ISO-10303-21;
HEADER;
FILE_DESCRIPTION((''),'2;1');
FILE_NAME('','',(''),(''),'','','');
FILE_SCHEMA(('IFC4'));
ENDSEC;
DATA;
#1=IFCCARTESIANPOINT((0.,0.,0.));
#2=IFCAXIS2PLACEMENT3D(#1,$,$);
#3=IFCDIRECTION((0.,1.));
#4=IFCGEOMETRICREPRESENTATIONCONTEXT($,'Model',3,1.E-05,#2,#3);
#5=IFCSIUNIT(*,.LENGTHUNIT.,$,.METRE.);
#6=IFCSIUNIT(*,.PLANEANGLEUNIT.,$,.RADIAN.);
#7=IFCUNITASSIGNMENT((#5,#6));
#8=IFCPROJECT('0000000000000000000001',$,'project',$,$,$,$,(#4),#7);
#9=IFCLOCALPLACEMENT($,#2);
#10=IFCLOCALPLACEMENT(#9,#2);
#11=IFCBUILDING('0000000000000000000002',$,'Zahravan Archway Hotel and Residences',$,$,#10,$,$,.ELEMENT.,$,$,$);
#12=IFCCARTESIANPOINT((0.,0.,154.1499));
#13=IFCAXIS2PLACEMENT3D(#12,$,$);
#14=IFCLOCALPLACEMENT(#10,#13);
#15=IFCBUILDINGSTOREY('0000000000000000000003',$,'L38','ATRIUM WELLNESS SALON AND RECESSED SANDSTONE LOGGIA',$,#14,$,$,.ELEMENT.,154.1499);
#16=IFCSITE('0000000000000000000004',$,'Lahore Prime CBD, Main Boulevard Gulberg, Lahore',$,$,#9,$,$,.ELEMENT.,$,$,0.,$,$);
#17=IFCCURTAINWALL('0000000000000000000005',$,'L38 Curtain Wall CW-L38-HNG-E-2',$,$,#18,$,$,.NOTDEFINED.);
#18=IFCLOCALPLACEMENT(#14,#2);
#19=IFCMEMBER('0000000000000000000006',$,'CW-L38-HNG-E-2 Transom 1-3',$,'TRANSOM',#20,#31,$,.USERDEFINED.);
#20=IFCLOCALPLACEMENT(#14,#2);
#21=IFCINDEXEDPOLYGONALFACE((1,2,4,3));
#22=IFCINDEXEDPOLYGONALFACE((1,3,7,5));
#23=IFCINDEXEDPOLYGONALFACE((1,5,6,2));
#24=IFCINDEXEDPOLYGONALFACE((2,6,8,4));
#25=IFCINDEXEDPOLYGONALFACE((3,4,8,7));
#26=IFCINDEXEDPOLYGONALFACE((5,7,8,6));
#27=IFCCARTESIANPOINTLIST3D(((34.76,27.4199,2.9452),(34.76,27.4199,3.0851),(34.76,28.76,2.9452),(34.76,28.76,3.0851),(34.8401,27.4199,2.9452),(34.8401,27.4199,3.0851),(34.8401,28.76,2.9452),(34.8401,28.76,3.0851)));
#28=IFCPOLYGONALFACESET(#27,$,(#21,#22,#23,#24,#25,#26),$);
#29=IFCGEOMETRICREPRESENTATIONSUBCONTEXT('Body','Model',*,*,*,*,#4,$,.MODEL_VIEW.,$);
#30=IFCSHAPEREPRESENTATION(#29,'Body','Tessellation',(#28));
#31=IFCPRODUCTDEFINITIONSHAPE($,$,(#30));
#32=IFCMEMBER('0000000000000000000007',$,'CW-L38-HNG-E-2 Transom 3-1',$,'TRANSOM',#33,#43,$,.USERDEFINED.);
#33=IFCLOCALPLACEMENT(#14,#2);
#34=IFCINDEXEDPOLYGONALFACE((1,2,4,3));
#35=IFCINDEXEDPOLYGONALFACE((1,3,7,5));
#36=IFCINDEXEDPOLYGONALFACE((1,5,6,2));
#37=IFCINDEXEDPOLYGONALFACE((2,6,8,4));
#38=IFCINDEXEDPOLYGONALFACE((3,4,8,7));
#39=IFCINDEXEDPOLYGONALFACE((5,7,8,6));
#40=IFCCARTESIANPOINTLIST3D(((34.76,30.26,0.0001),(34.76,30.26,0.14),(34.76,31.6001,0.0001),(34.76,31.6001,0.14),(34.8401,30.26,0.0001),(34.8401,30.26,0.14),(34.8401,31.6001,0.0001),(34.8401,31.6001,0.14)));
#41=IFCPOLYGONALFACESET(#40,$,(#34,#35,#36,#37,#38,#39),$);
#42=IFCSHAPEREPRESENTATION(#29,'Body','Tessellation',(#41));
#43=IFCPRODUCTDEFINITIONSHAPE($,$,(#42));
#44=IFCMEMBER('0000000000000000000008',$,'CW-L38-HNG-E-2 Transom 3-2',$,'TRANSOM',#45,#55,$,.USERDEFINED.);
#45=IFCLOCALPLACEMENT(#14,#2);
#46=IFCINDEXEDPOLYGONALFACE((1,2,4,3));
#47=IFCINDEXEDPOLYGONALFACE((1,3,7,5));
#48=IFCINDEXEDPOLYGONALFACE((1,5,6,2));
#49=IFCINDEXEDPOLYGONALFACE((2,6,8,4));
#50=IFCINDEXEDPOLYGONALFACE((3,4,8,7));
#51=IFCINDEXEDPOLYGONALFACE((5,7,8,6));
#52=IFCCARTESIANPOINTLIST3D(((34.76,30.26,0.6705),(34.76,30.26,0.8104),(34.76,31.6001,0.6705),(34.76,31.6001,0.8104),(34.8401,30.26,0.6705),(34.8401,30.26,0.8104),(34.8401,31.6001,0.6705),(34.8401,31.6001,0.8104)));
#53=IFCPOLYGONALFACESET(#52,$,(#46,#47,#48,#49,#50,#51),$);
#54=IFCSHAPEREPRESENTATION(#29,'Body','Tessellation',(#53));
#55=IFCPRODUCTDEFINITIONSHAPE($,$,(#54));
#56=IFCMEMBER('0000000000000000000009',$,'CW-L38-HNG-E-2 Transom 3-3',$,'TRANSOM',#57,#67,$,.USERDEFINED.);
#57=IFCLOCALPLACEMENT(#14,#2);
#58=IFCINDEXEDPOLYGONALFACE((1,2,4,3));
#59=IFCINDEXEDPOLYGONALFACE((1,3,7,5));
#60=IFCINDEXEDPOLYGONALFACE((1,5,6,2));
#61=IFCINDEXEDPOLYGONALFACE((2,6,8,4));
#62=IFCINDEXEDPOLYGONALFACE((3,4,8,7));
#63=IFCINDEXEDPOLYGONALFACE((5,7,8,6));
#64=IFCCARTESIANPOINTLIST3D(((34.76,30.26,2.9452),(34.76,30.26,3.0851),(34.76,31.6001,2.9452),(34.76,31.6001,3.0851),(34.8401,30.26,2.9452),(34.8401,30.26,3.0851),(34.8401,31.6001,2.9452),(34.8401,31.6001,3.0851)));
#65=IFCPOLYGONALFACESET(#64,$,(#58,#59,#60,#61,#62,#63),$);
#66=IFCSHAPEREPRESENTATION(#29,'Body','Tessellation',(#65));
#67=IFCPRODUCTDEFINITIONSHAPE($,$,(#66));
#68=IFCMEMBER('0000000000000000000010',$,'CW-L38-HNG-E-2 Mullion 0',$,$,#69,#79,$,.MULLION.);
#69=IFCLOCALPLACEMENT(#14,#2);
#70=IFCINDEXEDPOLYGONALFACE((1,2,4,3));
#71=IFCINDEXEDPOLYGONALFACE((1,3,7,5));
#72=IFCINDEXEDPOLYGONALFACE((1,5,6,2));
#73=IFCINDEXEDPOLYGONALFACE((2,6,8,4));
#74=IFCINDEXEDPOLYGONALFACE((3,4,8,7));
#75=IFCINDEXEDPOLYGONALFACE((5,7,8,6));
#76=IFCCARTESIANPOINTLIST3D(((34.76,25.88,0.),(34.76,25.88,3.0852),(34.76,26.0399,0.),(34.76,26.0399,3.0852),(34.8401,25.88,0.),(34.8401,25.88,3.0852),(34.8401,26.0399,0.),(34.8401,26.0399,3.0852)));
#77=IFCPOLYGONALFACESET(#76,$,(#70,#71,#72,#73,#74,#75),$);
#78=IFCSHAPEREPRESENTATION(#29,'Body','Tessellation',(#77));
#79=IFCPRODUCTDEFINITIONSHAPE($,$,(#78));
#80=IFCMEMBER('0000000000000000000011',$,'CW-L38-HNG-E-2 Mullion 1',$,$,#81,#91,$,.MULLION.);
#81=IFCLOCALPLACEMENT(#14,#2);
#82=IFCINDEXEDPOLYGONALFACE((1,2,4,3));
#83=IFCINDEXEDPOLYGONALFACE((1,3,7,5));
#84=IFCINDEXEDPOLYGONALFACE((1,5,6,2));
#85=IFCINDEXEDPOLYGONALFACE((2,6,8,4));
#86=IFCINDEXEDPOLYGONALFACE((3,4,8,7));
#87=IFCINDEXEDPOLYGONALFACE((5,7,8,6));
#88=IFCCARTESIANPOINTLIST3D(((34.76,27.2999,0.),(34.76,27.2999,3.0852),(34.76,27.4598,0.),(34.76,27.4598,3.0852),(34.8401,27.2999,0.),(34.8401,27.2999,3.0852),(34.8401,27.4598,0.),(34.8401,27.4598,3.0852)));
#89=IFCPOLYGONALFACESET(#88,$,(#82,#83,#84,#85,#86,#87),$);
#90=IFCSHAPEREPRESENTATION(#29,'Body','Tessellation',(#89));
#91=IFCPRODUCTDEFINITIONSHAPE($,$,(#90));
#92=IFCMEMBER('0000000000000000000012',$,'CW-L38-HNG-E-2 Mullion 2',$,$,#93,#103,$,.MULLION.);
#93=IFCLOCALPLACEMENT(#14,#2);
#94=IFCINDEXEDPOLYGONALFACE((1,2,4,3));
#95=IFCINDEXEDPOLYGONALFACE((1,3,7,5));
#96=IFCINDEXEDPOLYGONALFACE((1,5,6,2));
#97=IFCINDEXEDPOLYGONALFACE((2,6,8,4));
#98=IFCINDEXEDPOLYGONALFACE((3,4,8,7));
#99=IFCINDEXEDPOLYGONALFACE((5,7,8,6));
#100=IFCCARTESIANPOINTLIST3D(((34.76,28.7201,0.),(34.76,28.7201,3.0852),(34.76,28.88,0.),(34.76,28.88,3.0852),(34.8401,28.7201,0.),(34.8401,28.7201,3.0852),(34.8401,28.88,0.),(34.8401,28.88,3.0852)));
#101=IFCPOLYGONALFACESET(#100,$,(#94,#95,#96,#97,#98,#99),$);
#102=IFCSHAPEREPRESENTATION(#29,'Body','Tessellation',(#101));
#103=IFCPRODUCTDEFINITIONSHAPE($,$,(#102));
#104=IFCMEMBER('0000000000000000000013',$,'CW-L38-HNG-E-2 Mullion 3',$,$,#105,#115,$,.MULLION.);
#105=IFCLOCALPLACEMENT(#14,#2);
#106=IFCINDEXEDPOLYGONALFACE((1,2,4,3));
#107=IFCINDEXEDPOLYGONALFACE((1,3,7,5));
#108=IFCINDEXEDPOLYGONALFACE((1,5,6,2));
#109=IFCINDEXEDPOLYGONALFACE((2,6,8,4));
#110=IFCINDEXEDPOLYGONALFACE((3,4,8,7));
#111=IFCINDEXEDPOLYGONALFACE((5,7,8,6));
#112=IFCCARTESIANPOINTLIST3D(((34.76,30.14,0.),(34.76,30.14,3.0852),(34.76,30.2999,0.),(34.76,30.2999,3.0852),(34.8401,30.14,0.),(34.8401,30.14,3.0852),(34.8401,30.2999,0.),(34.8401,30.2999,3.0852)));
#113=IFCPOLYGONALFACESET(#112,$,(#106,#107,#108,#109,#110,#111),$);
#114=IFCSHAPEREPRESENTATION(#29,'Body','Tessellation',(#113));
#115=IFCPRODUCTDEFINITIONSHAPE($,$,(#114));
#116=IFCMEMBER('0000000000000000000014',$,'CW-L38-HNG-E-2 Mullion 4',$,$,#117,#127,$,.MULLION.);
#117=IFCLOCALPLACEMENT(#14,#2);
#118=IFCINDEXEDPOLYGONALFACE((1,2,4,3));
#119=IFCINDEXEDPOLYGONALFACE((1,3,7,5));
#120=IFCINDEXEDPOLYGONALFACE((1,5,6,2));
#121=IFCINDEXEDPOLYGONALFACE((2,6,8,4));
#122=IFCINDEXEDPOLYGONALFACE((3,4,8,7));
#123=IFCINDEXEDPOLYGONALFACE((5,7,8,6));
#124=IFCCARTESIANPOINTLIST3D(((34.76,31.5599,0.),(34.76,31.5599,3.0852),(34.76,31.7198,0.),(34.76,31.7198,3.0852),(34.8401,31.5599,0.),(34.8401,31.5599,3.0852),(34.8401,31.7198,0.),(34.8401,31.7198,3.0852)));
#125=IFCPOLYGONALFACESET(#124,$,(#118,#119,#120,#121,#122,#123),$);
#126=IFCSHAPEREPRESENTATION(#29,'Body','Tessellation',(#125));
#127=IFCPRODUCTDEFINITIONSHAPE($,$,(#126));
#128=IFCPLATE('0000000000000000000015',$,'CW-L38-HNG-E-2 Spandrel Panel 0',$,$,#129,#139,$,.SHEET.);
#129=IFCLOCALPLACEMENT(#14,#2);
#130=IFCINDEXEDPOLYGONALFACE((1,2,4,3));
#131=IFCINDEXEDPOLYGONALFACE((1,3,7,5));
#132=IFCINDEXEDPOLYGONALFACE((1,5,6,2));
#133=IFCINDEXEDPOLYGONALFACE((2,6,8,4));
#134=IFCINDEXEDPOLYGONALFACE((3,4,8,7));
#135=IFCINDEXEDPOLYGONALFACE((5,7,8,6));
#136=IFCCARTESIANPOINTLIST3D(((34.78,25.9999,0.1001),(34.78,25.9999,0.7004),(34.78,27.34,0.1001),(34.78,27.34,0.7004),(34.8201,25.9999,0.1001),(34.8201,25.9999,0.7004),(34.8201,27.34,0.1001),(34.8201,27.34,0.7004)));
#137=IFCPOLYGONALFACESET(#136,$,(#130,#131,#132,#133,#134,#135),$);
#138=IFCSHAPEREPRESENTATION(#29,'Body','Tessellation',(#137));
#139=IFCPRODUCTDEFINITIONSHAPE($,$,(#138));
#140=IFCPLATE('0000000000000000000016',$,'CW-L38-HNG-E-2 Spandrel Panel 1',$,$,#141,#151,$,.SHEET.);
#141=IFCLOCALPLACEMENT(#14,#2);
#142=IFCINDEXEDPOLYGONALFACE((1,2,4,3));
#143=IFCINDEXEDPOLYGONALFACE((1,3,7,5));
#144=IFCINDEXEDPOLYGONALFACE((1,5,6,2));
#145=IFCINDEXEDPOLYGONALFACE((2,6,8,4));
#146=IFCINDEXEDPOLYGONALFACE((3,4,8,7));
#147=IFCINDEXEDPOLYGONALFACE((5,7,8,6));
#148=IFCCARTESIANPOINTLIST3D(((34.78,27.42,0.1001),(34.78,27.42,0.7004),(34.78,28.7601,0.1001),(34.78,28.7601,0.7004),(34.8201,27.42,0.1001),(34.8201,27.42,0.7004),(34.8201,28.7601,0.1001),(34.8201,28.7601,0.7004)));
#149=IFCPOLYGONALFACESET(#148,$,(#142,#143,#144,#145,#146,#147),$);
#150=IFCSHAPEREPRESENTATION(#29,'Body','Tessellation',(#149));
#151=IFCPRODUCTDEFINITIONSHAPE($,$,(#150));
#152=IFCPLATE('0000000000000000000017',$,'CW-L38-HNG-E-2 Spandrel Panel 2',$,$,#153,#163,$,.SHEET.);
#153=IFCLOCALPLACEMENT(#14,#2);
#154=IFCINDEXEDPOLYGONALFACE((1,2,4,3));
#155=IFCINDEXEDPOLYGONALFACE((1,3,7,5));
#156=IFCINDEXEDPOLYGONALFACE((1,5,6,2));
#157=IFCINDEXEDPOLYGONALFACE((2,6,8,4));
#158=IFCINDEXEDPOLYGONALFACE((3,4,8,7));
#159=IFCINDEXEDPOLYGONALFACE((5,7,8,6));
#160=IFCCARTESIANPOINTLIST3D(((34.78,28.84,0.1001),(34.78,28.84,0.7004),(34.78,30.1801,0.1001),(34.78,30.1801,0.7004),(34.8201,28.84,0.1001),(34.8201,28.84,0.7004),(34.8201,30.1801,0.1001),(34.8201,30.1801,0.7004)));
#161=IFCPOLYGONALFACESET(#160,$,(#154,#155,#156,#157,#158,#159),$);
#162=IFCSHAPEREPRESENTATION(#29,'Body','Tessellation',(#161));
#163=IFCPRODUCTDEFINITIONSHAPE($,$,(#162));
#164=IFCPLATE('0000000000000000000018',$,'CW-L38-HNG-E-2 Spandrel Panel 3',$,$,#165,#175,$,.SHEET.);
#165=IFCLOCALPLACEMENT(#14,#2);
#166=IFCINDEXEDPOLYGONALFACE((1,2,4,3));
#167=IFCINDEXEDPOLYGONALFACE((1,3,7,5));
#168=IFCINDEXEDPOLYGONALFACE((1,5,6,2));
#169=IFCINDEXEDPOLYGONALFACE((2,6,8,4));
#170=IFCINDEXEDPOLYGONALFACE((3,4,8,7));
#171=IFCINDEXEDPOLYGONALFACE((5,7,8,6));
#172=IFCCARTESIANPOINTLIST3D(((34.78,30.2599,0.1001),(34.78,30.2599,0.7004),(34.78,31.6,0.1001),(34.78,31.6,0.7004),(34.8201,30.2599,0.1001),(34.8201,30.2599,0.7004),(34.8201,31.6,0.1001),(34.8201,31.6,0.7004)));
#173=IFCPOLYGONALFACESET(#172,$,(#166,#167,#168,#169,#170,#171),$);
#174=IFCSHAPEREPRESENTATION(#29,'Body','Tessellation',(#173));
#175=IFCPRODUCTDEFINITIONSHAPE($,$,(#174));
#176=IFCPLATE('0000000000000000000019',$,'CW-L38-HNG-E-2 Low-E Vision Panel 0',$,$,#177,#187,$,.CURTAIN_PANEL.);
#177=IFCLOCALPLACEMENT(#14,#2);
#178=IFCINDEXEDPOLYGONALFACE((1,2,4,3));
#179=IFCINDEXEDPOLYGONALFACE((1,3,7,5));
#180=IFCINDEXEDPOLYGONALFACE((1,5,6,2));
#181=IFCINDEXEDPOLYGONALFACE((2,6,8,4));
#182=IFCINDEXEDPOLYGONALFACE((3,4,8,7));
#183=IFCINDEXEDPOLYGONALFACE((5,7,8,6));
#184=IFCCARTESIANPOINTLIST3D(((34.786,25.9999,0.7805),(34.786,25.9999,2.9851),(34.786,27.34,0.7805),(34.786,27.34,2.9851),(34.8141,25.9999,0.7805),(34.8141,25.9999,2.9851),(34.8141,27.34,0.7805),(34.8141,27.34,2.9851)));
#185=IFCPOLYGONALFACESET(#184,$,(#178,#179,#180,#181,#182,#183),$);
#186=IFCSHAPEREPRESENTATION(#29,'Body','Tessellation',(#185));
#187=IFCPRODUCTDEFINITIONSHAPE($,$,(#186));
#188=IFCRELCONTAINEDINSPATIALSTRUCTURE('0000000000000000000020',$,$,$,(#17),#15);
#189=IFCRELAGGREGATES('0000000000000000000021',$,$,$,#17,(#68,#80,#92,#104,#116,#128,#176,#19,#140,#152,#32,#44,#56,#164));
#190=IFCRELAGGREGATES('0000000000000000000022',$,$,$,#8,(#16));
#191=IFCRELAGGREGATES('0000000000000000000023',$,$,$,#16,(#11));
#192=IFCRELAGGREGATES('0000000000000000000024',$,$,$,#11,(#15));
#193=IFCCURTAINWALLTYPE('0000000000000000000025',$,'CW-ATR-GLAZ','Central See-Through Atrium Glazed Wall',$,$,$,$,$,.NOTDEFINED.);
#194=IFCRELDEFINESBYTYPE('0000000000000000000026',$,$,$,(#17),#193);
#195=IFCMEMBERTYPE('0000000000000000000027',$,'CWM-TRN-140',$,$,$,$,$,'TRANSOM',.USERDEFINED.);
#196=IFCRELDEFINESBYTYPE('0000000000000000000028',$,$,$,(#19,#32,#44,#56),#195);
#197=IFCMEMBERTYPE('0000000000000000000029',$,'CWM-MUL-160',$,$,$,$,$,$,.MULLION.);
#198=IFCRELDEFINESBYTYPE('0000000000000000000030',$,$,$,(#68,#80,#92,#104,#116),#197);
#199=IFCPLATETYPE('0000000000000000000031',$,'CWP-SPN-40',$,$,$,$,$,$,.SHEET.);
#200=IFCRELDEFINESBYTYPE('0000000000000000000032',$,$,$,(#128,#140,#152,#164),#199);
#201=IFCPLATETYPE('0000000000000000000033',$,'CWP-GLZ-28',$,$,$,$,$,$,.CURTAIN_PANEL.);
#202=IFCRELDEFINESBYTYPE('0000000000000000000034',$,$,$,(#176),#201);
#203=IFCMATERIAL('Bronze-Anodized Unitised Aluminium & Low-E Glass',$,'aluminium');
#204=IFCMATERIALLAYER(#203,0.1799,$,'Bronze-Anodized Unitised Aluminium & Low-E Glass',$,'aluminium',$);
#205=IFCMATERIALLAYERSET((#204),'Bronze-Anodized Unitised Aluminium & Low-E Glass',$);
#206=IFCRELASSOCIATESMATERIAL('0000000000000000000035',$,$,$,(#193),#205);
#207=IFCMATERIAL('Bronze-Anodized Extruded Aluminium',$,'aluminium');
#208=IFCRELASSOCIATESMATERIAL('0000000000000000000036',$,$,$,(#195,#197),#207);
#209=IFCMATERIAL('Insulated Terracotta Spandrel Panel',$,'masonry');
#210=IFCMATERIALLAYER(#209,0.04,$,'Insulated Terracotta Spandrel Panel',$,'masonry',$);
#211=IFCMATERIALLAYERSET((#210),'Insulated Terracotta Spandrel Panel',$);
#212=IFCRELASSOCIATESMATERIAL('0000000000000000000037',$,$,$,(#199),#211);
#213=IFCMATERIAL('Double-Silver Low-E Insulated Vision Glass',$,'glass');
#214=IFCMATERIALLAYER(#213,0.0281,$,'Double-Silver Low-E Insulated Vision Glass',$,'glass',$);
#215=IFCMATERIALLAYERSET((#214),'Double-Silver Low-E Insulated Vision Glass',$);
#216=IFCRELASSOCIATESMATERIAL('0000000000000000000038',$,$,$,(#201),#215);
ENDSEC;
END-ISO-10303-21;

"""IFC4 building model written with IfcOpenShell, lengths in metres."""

from ifc_helpers import new_model, si_unit, direction, frame, origin, origin_2d, place, context, subcontext, project, spatial, rectangle, extrude, source, transform, mapped, material, layer, layer_set, material_profile, profile_set, type_object, element, aggregate, save


model = new_model("IFC4")

# Units and contexts
model_context = context("Model", 3, precision=1e-05, world=origin(), true_north=direction((0.0, 1.0)))
body_context = subcontext(model_context, "Body", "Model", "MODEL_VIEW")
ifc_project = project(units=[si_unit("LENGTHUNIT", "METRE"), si_unit("PLANEANGLEUNIT", "RADIAN")], contexts=[model_context])

# Site, building, storey
site_placement = place(None, origin())
site = spatial("IfcSite", under=ifc_project, at=site_placement, Name="Lahore Prime CBD, Main Boulevard Gulberg, Lahore", CompositionType="ELEMENT", RefElevation=0.0)
building_placement = place(site_placement, origin())
building = spatial("IfcBuilding", under=site, at=building_placement, Name="Zahravan Archway Hotel and Residences", CompositionType="ELEMENT")
storey_placement = place(building_placement, frame((0.0, 0.0, 154.1499)))
storey = spatial("IfcBuildingStorey", under=building, at=storey_placement, Name="L38", Description="ATRIUM WELLNESS SALON AND RECESSED SANDSTONE LOGGIA", CompositionType="ELEMENT", Elevation=154.1499)

# Curtain wall, members, plates
ifc_material_1 = material(Name="Bronze-Anodized Unitised Aluminium & Low-E Glass", Category="aluminium")
ifc_layer_1 = layer(ifc_material_1, 0.1799, Name="Bronze-Anodized Unitised Aluminium & Low-E Glass", Category="aluminium")
ifc_layer_set_1 = layer_set([ifc_layer_1], Name="Bronze-Anodized Unitised Aluminium & Low-E Glass")
curtain_wall_type = type_object("IfcCurtainWallType", Name="CW-ATR-GLAZ", Description="Central See-Through Atrium Glazed Wall", PredefinedType="NOTDEFINED", material=ifc_layer_set_1)
curtain_wall_placement = place(storey_placement, origin())
curtain_wall = element("IfcCurtainWall", 1, at=curtain_wall_placement, inside=storey, type_object=curtain_wall_type, Name="L38 Curtain Wall CW-L38-HNG-E-2", PredefinedType="NOTDEFINED")
ifc_material_2 = material(Name="Bronze-Anodized Extruded Aluminium", Category="aluminium")
ifc_material_profile_1 = material_profile(ifc_material_2, rectangle(XDim=0.0801, YDim=0.1399, at=origin_2d()), Name="TRN 80x140", Category="aluminium")
ifc_profile_set_1 = profile_set([ifc_material_profile_1], Name="Bronze-Anodized Extruded Aluminium")
member_type_1 = type_object("IfcMemberType", Name="CWM-TRN-140", ElementType="TRANSOM", PredefinedType="USERDEFINED", material=ifc_profile_set_1)
shared_shape_1 = source(origin(), body_context, "Body", "SweptSolid", [
    extrude(rectangle(XDim=0.0801, YDim=0.1399, at=origin_2d()), origin(), (0.0, 0.0, 1.0), 1.3401),
])
member_1_placement = place(storey_placement, frame((34.8, 27.4199, 3.0151), z_axis=(0.0, 1.0, 0.0), x_axis=(-1.0, 0.0, 0.0)))
member_1 = element("IfcMember", 2, at=member_1_placement, type_object=member_type_1, Name="CW-L38-HNG-E-2 Transom 1-3", ObjectType="TRANSOM", PredefinedType="USERDEFINED", context=body_context, shape_type="MappedRepresentation", body=[
    mapped(shared_shape_1, transform((0.0, 0.0, 0.0), scale=1.0)),
])
member_2_placement = place(storey_placement, frame((34.8, 30.26, 0.0701), z_axis=(0.0, 1.0, 0.0), x_axis=(-1.0, 0.0, 0.0)))
member_2 = element("IfcMember", 3, at=member_2_placement, type_object=member_type_1, Name="CW-L38-HNG-E-2 Transom 3-1", ObjectType="TRANSOM", PredefinedType="USERDEFINED", context=body_context, shape_type="MappedRepresentation", body=[
    mapped(shared_shape_1, transform((0.0, 0.0, 0.0), scale=1.0)),
])
member_3_placement = place(storey_placement, frame((34.8, 30.26, 0.7405), z_axis=(0.0, 1.0, 0.0), x_axis=(-1.0, 0.0, 0.0)))
member_3 = element("IfcMember", 4, at=member_3_placement, type_object=member_type_1, Name="CW-L38-HNG-E-2 Transom 3-2", ObjectType="TRANSOM", PredefinedType="USERDEFINED", context=body_context, shape_type="MappedRepresentation", body=[
    mapped(shared_shape_1, transform((0.0, 0.0, 0.0), scale=1.0)),
])
member_4_placement = place(storey_placement, frame((34.8, 30.26, 3.0151), z_axis=(0.0, 1.0, 0.0), x_axis=(-1.0, 0.0, 0.0)))
member_4 = element("IfcMember", 5, at=member_4_placement, type_object=member_type_1, Name="CW-L38-HNG-E-2 Transom 3-3", ObjectType="TRANSOM", PredefinedType="USERDEFINED", context=body_context, shape_type="MappedRepresentation", body=[
    mapped(shared_shape_1, transform((0.0, 0.0, 0.0), scale=1.0)),
])
ifc_material_profile_2 = material_profile(ifc_material_2, rectangle(XDim=0.0801, YDim=0.1599, at=origin_2d()), Name="MUL 80x160", Category="aluminium")
ifc_profile_set_2 = profile_set([ifc_material_profile_2], Name="Bronze-Anodized Extruded Aluminium")
member_type_2 = type_object("IfcMemberType", Name="CWM-MUL-160", PredefinedType="MULLION", material=ifc_profile_set_2)
shared_shape_2 = source(origin(), body_context, "Body", "SweptSolid", [
    extrude(rectangle(XDim=0.0801, YDim=0.1599, at=origin_2d()), origin(), (0.0, 0.0, 1.0), 3.0852),
])
member_5_placement = place(storey_placement, frame((34.8, 25.96, 0.0), z_axis=(0.0, 0.0, 1.0), x_axis=(1.0, 0.0, 0.0)))
member_5 = element("IfcMember", 6, at=member_5_placement, type_object=member_type_2, Name="CW-L38-HNG-E-2 Mullion 0", PredefinedType="MULLION", context=body_context, shape_type="MappedRepresentation", body=[
    mapped(shared_shape_2, transform((0.0, 0.0, 0.0), scale=1.0)),
])
member_6_placement = place(storey_placement, frame((34.8, 27.3799, 0.0), z_axis=(0.0, 0.0, 1.0), x_axis=(1.0, 0.0, 0.0)))
member_6 = element("IfcMember", 7, at=member_6_placement, type_object=member_type_2, Name="CW-L38-HNG-E-2 Mullion 1", PredefinedType="MULLION", context=body_context, shape_type="MappedRepresentation", body=[
    mapped(shared_shape_2, transform((0.0, 0.0, 0.0), scale=1.0)),
])
member_7_placement = place(storey_placement, frame((34.8, 28.8, 0.0), z_axis=(0.0, 0.0, 1.0), x_axis=(1.0, 0.0, 0.0)))
member_7 = element("IfcMember", 8, at=member_7_placement, type_object=member_type_2, Name="CW-L38-HNG-E-2 Mullion 2", PredefinedType="MULLION", context=body_context, shape_type="MappedRepresentation", body=[
    mapped(shared_shape_2, transform((0.0, 0.0, 0.0), scale=1.0)),
])
member_8_placement = place(storey_placement, frame((34.8, 30.22, 0.0), z_axis=(0.0, 0.0, 1.0), x_axis=(1.0, 0.0, 0.0)))
member_8 = element("IfcMember", 9, at=member_8_placement, type_object=member_type_2, Name="CW-L38-HNG-E-2 Mullion 3", PredefinedType="MULLION", context=body_context, shape_type="MappedRepresentation", body=[
    mapped(shared_shape_2, transform((0.0, 0.0, 0.0), scale=1.0)),
])
member_9_placement = place(storey_placement, frame((34.8, 31.6399, 0.0), z_axis=(0.0, 0.0, 1.0), x_axis=(1.0, 0.0, 0.0)))
member_9 = element("IfcMember", 10, at=member_9_placement, type_object=member_type_2, Name="CW-L38-HNG-E-2 Mullion 4", PredefinedType="MULLION", context=body_context, shape_type="MappedRepresentation", body=[
    mapped(shared_shape_2, transform((0.0, 0.0, 0.0), scale=1.0)),
])
ifc_material_3 = material(Name="Insulated Terracotta Spandrel Panel", Category="masonry")
ifc_layer_2 = layer(ifc_material_3, 0.04, Name="Insulated Terracotta Spandrel Panel", Category="masonry")
ifc_layer_set_2 = layer_set([ifc_layer_2], Name="Insulated Terracotta Spandrel Panel")
plate_type_1 = type_object("IfcPlateType", Name="CWP-SPN-40", PredefinedType="SHEET", material=ifc_layer_set_2)
shared_shape_3 = source(origin(), body_context, "Body", "SweptSolid", [
    extrude(rectangle(XDim=1.3401, YDim=0.04, at=origin_2d()), origin(), (0.0, 0.0, 1.0), 0.6003),
])
plate_1_placement = place(storey_placement, frame((34.8, 26.6699, 0.1001), z_axis=(0.0, 0.0, 1.0), x_axis=(0.0, 1.0, 0.0)))
plate_1 = element("IfcPlate", 11, at=plate_1_placement, type_object=plate_type_1, Name="CW-L38-HNG-E-2 Spandrel Panel 0", PredefinedType="SHEET", context=body_context, shape_type="MappedRepresentation", body=[
    mapped(shared_shape_3, transform((0.0, 0.0, 0.0), scale=1.0)),
])
plate_2_placement = place(storey_placement, frame((34.8, 28.0901, 0.1001), z_axis=(0.0, 0.0, 1.0), x_axis=(0.0, 1.0, 0.0)))
plate_2 = element("IfcPlate", 12, at=plate_2_placement, type_object=plate_type_1, Name="CW-L38-HNG-E-2 Spandrel Panel 1", PredefinedType="SHEET", context=body_context, shape_type="MappedRepresentation", body=[
    mapped(shared_shape_3, transform((0.0, 0.0, 0.0), scale=1.0)),
])
plate_3_placement = place(storey_placement, frame((34.8, 29.51, 0.1001), z_axis=(0.0, 0.0, 1.0), x_axis=(0.0, 1.0, 0.0)))
plate_3 = element("IfcPlate", 13, at=plate_3_placement, type_object=plate_type_1, Name="CW-L38-HNG-E-2 Spandrel Panel 2", PredefinedType="SHEET", context=body_context, shape_type="MappedRepresentation", body=[
    mapped(shared_shape_3, transform((0.0, 0.0, 0.0), scale=1.0)),
])
plate_4_placement = place(storey_placement, frame((34.8, 30.9299, 0.1001), z_axis=(0.0, 0.0, 1.0), x_axis=(0.0, 1.0, 0.0)))
plate_4 = element("IfcPlate", 14, at=plate_4_placement, type_object=plate_type_1, Name="CW-L38-HNG-E-2 Spandrel Panel 3", PredefinedType="SHEET", context=body_context, shape_type="MappedRepresentation", body=[
    mapped(shared_shape_3, transform((0.0, 0.0, 0.0), scale=1.0)),
])
ifc_material_4 = material(Name="Double-Silver Low-E Insulated Vision Glass", Category="glass")
ifc_layer_3 = layer(ifc_material_4, 0.0281, Name="Double-Silver Low-E Insulated Vision Glass", Category="glass")
ifc_layer_set_3 = layer_set([ifc_layer_3], Name="Double-Silver Low-E Insulated Vision Glass")
plate_type_2 = type_object("IfcPlateType", Name="CWP-GLZ-28", PredefinedType="CURTAIN_PANEL", material=ifc_layer_set_3)
shared_shape_4 = source(origin(), body_context, "Body", "SweptSolid", [
    extrude(rectangle(XDim=1.3401, YDim=0.0281, at=origin_2d()), origin(), (0.0, 0.0, 1.0), 2.2046),
])
plate_5_placement = place(storey_placement, frame((34.8, 26.6699, 0.7805), z_axis=(0.0, 0.0, 1.0), x_axis=(0.0, 1.0, 0.0)))
plate_5 = element("IfcPlate", 15, at=plate_5_placement, type_object=plate_type_2, Name="CW-L38-HNG-E-2 Low-E Vision Panel 0", PredefinedType="CURTAIN_PANEL", context=body_context, shape_type="MappedRepresentation", body=[
    mapped(shared_shape_4, transform((0.0, 0.0, 0.0), scale=1.0)),
])
aggregate(curtain_wall, [member_5, member_6, member_7, member_8, member_9, plate_1, plate_5, member_1, plate_2, plate_3, member_2, member_3, member_4, plate_4])

save(model, "model.ifc")
